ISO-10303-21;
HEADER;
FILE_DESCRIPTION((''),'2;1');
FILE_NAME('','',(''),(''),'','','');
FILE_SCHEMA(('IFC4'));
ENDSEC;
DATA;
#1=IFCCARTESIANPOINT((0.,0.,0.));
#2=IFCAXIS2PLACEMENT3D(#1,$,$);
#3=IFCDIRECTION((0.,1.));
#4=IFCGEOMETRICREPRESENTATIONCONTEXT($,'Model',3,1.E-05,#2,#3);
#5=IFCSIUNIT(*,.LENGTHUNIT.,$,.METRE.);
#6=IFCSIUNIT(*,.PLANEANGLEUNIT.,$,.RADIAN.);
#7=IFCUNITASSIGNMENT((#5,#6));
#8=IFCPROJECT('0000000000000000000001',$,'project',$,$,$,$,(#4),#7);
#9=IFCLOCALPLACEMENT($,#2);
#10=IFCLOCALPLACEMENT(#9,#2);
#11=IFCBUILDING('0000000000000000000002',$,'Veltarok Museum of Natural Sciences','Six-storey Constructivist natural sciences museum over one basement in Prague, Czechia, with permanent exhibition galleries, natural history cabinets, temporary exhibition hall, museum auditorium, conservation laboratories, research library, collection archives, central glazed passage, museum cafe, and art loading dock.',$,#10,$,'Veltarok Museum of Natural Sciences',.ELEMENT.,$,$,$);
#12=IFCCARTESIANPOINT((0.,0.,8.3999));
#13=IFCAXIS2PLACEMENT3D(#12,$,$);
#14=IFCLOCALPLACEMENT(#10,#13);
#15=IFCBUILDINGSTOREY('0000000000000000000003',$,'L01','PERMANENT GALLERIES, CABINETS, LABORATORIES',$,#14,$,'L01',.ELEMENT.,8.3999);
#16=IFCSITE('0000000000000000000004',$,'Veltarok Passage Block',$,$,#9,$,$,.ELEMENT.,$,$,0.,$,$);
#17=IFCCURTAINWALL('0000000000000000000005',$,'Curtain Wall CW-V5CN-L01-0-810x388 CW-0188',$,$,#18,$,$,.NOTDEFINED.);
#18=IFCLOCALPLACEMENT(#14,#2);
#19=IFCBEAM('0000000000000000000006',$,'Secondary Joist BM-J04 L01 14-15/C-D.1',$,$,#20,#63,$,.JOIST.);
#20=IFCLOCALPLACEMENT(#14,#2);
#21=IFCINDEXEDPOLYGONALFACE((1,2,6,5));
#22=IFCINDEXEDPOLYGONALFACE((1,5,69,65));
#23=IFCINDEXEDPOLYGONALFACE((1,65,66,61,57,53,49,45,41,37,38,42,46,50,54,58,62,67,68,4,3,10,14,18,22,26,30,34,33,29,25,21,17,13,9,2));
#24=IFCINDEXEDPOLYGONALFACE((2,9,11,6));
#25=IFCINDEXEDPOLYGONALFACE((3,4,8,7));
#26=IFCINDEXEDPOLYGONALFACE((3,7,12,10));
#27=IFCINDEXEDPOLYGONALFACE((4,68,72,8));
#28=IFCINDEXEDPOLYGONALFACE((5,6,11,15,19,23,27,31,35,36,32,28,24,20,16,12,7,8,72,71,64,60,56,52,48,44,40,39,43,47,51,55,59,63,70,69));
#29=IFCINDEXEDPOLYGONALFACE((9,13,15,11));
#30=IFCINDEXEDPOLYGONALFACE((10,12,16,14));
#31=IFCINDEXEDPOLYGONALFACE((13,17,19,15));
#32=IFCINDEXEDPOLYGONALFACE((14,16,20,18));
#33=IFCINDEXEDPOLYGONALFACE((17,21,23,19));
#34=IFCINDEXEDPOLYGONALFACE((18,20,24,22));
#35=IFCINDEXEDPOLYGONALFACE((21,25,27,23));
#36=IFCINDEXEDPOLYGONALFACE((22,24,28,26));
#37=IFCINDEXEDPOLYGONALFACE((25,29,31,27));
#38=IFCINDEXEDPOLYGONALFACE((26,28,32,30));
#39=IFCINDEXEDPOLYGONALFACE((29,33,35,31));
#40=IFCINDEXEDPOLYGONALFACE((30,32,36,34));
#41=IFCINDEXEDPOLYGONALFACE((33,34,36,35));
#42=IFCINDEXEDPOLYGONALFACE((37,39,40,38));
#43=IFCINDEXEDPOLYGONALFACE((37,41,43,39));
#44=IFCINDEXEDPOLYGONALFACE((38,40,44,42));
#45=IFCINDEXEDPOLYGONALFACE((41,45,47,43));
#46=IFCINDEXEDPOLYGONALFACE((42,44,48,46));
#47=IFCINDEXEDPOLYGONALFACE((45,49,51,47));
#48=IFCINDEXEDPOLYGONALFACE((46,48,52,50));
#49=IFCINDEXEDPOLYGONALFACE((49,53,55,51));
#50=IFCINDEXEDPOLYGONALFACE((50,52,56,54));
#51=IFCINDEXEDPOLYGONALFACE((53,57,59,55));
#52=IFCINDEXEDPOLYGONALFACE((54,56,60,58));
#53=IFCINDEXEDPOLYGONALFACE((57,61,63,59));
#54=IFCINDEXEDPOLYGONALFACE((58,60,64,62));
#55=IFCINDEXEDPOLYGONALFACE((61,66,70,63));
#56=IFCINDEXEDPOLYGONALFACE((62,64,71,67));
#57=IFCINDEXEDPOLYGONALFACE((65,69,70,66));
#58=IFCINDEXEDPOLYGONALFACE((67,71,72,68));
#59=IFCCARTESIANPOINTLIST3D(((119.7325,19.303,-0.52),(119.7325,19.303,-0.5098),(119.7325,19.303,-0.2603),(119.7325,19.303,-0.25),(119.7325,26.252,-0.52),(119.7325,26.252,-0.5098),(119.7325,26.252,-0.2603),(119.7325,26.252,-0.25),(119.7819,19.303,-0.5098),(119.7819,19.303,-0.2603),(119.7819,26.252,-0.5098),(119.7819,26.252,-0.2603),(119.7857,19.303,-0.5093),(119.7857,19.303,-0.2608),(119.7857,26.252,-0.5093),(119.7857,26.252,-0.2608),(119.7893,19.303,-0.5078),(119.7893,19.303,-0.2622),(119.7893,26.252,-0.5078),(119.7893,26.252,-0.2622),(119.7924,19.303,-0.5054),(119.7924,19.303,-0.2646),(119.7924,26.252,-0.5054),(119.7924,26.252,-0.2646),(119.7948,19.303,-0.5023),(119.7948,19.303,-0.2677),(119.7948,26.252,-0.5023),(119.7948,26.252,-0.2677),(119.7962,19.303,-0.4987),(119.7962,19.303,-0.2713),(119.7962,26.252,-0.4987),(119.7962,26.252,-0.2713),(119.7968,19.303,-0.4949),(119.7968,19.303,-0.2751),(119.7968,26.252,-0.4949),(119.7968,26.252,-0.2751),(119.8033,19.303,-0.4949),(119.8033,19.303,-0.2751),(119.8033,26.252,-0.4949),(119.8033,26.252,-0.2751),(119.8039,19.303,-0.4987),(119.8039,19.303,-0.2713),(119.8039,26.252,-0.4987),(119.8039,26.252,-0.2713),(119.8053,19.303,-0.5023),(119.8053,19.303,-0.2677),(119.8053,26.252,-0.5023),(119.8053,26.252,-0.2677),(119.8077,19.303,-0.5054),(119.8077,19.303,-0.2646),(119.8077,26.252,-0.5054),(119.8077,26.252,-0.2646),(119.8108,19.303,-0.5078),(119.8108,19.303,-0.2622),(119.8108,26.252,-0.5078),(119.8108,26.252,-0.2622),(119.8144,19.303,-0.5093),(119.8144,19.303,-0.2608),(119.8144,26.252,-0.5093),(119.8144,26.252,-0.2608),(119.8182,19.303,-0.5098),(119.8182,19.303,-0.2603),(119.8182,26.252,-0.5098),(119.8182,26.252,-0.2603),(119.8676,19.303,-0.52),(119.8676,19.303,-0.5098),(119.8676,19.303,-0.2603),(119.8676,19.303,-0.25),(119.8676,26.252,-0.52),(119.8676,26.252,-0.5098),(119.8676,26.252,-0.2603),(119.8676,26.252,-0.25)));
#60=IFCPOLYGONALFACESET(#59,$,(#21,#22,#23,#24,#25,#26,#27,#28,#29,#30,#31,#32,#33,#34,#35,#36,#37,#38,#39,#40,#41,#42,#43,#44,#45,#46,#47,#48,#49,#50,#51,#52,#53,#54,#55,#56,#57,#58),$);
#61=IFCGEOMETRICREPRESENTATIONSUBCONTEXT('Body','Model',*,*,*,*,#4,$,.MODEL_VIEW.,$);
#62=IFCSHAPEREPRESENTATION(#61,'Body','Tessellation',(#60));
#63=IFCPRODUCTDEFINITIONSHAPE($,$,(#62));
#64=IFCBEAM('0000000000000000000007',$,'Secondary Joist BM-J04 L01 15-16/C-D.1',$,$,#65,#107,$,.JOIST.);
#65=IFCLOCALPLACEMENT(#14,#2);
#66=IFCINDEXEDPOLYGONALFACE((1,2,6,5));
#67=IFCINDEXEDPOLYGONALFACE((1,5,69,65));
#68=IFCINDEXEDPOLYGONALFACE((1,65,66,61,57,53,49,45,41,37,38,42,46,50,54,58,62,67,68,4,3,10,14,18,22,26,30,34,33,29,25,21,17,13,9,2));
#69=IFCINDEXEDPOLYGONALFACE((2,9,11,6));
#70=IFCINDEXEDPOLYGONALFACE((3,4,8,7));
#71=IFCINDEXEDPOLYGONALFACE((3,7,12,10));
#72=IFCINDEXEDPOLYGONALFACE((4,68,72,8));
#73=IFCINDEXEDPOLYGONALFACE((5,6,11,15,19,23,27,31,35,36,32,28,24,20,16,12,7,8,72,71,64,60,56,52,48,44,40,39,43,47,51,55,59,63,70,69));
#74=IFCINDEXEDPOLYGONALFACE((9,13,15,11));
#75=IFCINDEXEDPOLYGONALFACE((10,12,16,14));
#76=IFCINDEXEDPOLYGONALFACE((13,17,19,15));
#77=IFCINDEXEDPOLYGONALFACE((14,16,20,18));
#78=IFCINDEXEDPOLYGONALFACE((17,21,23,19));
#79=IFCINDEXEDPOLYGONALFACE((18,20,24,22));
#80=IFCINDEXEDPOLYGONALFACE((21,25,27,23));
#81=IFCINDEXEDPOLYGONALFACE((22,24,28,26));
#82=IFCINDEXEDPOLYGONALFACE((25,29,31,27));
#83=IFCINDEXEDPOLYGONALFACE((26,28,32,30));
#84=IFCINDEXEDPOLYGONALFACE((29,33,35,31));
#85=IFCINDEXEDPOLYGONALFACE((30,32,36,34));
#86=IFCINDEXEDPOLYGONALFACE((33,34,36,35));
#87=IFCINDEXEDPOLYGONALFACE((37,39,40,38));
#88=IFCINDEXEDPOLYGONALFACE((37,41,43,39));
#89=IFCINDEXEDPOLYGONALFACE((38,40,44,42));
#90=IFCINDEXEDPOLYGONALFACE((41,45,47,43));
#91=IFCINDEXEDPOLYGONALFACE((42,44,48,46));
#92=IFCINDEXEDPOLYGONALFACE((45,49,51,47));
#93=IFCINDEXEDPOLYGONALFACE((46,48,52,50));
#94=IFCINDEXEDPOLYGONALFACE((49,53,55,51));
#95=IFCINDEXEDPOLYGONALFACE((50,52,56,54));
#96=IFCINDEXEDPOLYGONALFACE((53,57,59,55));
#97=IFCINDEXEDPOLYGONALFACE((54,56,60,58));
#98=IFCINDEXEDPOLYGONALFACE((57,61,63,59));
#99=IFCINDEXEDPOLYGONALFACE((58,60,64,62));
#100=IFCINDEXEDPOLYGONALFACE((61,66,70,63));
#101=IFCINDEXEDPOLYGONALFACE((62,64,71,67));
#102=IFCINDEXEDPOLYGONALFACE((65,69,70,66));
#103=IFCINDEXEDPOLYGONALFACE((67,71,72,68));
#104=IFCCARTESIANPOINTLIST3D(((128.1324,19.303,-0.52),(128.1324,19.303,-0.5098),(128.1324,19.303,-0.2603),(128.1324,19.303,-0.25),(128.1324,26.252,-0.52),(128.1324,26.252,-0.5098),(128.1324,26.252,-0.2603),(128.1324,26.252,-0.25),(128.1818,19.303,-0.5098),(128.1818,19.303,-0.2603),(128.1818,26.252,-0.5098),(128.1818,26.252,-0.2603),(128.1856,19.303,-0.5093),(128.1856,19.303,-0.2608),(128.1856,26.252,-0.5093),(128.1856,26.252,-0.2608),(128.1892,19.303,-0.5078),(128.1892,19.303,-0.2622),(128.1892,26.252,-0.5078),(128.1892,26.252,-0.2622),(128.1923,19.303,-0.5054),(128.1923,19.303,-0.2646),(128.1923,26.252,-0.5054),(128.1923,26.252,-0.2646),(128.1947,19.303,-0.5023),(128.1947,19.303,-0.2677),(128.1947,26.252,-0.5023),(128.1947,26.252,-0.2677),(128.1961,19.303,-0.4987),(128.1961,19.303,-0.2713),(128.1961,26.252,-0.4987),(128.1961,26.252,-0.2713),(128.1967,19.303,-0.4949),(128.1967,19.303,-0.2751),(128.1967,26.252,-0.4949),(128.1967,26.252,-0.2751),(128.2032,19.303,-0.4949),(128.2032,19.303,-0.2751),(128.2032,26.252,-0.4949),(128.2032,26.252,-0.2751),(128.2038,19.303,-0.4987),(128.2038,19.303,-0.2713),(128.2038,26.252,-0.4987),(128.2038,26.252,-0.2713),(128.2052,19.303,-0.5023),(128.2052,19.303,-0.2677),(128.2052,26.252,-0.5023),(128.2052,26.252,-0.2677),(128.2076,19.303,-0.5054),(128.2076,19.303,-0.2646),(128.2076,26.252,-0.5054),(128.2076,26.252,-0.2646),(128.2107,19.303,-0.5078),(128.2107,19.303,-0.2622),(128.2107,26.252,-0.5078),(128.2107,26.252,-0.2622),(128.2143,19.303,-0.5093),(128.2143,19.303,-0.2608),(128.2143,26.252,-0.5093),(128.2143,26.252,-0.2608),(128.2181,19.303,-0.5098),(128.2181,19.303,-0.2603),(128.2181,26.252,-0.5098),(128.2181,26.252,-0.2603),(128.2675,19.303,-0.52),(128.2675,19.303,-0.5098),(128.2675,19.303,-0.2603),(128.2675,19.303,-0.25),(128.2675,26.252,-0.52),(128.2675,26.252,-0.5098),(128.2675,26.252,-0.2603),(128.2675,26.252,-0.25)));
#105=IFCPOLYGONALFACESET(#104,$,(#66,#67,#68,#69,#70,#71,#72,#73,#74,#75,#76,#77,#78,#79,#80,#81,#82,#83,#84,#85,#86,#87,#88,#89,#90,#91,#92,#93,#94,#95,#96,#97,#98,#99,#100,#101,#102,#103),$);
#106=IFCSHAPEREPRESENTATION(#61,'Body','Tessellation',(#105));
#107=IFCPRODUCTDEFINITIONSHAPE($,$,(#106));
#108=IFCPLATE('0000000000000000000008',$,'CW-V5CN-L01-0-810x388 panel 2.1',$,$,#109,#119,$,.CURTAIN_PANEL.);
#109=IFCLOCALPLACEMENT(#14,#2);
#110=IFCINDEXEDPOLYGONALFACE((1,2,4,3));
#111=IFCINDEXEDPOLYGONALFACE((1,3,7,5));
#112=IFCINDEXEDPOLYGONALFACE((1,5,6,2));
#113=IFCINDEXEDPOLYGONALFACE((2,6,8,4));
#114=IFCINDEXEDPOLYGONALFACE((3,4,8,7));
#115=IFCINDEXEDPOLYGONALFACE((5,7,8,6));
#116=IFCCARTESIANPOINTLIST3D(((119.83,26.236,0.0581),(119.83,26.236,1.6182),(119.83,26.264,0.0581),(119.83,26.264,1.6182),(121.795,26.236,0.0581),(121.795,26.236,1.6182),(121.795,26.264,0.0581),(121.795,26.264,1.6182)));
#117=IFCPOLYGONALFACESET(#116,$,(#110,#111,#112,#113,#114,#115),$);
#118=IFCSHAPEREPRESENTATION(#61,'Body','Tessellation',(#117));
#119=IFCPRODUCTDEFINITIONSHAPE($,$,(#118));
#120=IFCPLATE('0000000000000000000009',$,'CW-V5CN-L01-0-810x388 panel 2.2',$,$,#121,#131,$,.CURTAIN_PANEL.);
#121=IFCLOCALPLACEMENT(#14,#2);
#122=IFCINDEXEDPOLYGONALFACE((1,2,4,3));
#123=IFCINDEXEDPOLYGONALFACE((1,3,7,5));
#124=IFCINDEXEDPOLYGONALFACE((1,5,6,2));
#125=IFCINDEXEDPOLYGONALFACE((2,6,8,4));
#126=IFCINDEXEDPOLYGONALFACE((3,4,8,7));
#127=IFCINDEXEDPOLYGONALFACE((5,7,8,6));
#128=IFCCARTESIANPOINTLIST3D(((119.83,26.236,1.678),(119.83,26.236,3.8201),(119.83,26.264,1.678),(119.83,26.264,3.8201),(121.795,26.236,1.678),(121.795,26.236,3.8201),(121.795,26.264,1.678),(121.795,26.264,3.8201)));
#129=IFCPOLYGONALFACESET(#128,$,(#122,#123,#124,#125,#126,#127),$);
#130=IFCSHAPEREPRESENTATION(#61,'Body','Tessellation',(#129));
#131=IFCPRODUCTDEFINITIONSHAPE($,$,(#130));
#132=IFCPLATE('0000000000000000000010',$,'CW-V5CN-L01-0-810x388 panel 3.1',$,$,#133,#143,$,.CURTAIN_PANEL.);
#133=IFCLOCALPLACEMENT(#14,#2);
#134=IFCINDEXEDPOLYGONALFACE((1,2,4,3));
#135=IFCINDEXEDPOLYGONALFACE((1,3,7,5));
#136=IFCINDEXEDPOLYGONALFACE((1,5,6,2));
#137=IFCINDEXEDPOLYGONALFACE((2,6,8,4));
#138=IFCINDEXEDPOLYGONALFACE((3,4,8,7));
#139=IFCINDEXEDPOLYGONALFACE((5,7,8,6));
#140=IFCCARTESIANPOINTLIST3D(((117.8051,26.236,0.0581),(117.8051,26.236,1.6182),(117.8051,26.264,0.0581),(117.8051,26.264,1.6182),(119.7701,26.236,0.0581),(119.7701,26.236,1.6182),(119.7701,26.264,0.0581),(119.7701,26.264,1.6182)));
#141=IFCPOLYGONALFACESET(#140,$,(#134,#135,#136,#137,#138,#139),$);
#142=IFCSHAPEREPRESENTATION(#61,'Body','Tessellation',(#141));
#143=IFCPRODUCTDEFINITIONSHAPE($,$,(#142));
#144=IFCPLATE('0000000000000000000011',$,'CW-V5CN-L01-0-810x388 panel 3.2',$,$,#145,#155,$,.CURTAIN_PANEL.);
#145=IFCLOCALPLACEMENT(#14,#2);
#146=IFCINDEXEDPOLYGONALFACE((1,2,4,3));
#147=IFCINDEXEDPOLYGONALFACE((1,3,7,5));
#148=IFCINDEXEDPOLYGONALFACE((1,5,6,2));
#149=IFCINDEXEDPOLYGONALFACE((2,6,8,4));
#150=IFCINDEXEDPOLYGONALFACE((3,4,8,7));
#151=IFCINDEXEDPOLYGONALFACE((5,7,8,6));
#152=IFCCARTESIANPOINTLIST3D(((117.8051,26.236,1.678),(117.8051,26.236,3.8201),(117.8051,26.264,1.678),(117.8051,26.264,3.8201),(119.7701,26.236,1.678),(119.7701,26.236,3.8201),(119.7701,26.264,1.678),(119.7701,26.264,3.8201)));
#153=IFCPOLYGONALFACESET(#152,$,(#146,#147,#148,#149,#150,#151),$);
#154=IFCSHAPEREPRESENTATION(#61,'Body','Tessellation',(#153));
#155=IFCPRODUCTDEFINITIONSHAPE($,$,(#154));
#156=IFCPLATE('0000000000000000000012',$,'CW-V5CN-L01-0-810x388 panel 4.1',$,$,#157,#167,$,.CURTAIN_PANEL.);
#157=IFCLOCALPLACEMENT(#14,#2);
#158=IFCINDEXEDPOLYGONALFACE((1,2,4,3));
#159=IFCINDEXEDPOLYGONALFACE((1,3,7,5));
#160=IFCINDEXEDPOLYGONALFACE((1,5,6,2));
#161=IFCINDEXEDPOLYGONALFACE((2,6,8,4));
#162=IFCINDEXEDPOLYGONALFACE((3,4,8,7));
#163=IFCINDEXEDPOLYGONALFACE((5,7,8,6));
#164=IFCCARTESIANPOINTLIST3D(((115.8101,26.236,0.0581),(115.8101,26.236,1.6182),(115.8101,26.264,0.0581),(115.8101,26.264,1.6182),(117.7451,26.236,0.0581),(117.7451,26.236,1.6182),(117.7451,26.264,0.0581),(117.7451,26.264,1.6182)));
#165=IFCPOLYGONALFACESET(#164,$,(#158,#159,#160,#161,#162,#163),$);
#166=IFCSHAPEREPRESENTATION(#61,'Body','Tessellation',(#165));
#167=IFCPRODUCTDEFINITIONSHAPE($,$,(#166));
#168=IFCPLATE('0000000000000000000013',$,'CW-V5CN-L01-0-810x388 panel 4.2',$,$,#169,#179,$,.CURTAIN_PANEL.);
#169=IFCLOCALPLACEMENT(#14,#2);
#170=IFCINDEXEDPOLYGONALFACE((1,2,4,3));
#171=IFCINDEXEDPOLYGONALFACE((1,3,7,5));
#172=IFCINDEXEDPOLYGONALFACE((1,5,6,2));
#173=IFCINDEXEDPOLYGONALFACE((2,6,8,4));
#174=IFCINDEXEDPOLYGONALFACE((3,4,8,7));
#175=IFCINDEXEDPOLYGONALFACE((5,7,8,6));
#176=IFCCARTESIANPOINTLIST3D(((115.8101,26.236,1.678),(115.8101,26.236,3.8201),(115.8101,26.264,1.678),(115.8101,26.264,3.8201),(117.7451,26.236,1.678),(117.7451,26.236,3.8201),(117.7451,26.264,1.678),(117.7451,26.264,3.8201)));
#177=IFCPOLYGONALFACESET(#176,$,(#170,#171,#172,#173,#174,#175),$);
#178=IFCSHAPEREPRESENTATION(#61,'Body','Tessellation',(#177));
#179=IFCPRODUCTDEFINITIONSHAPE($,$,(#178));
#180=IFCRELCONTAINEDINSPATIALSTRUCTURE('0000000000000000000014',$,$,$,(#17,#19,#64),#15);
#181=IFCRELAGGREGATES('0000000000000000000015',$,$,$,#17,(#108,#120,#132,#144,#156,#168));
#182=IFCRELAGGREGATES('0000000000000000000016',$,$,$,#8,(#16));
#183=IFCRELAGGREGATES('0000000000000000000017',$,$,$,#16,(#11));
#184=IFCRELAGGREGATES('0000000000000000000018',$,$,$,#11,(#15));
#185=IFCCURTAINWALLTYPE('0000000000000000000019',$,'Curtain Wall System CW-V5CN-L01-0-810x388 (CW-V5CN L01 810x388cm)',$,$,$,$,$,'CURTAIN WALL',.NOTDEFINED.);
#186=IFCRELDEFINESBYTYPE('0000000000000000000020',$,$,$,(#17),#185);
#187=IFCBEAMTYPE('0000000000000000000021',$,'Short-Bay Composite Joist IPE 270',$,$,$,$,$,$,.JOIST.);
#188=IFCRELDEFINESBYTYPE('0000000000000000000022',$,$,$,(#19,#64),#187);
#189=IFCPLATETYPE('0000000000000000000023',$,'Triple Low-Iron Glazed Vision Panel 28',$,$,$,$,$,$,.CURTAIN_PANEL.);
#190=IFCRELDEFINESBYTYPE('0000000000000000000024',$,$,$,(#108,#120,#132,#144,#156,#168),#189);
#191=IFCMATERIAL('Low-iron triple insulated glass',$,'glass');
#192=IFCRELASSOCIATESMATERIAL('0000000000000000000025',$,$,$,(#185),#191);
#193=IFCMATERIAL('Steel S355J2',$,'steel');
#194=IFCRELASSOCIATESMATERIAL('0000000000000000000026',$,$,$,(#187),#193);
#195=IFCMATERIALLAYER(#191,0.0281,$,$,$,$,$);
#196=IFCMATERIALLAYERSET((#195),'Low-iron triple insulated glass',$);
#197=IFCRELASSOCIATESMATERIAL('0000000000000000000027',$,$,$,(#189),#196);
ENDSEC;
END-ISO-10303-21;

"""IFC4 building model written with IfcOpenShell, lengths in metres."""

from ifc_helpers import new_model, si_unit, direction, frame, origin, origin_2d, place, context, subcontext, project, spatial, rectangle, i_section, extrude, material, layer, layer_set, material_profile, profile_set, type_object, element, aggregate, save


model = new_model("IFC4")

# Units and contexts
model_context = context("Model", 3, precision=1e-05, world=origin(), true_north=direction((0.0, 1.0)))
body_context = subcontext(model_context, "Body", "Model", "MODEL_VIEW")
ifc_project = project(units=[si_unit("LENGTHUNIT", "METRE"), si_unit("PLANEANGLEUNIT", "RADIAN")], contexts=[model_context])

# Site, building, storey
site_placement = place(None, origin())
site = spatial("IfcSite", under=ifc_project, at=site_placement, Name="Veltarok Passage Block", CompositionType="ELEMENT", RefElevation=0.0)
building_placement = place(site_placement, origin())
building = spatial("IfcBuilding", under=site, at=building_placement, Name="Veltarok Museum of Natural Sciences", Description="Six-storey Constructivist natural sciences museum over one basement in Prague, Czechia, with permanent exhibition galleries, natural history cabinets, temporary exhibition hall, museum auditorium, conservation laboratories, research library, collection archives, central glazed passage, museum cafe, and art loading dock.", LongName="Veltarok Museum of Natural Sciences", CompositionType="ELEMENT")
storey_placement = place(building_placement, frame((0.0, 0.0, 8.3999)))
storey = spatial("IfcBuildingStorey", under=building, at=storey_placement, Name="L01", Description="PERMANENT GALLERIES, CABINETS, LABORATORIES", LongName="L01", CompositionType="ELEMENT", Elevation=8.3999)

# Shared definitions
ifc_material_1 = material(Name="Steel S355J2", Category="steel")

# Curtain wall
ifc_material_2 = material(Name="Low-iron triple insulated glass", Category="glass")
curtain_wall_type = type_object("IfcCurtainWallType", Name="Curtain Wall System CW-V5CN-L01-0-810x388 (CW-V5CN L01 810x388cm)", ElementType="CURTAIN WALL", PredefinedType="NOTDEFINED", material=ifc_material_2)
curtain_wall_placement = place(storey_placement, origin())
curtain_wall = element("IfcCurtainWall", 1, at=curtain_wall_placement, inside=storey, type_object=curtain_wall_type, Name="Curtain Wall CW-V5CN-L01-0-810x388 CW-0188", PredefinedType="NOTDEFINED")

# Beams
ifc_material_profile_1 = material_profile(ifc_material_1, i_section(OverallWidth=0.135, OverallDepth=0.27, WebThickness=0.0066, FlangeThickness=0.0103, FilletRadius=0.0149, at=origin_2d()), Name="IPE 270")
ifc_profile_set_1 = profile_set([ifc_material_profile_1], Name="Steel S355J2")
beam_type_1 = type_object("IfcBeamType", Name="Short-Bay Composite Joist IPE 270", PredefinedType="JOIST", material=ifc_profile_set_1)
for number, where, z_axis, x_axis, name in (
    (2, (119.8, 19.303, -0.385), (0.0, 1.0, 0.0), (-1.0, 0.0, 0.0), "Secondary Joist BM-J04 L01 14-15/C-D.1"),
    (3, (128.2, 19.303, -0.385), (0.0, 1.0, 0.0), (-1.0, 0.0, 0.0), "Secondary Joist BM-J04 L01 15-16/C-D.1"),
):
    element("IfcBeam", number, at=place(storey_placement, frame(where, z_axis=z_axis, x_axis=x_axis)), inside=storey, type_object=beam_type_1, Name=name, PredefinedType="JOIST", context=body_context, shape_type="SweptSolid", body=[
        extrude(i_section(OverallWidth=0.135, OverallDepth=0.27, WebThickness=0.0066, FlangeThickness=0.0103, FilletRadius=0.0149, at=origin_2d()), origin(), (0.0, 0.0, 1.0), 6.949),
    ])

# Plates
ifc_layer_1 = layer(ifc_material_2, 0.0281)
ifc_layer_set_1 = layer_set([ifc_layer_1], Name="Low-iron triple insulated glass")
plate_type = type_object("IfcPlateType", Name="Triple Low-Iron Glazed Vision Panel 28", PredefinedType="CURTAIN_PANEL", material=ifc_layer_set_1)
plate_1_placement = place(storey_placement, frame((120.8125, 26.25, 0.0581), z_axis=(0.0, 0.0, 1.0), x_axis=(-1.0, 0.0, 0.0)))
plate_1 = element("IfcPlate", 4, at=plate_1_placement, type_object=plate_type, Name="CW-V5CN-L01-0-810x388 panel 2.1", PredefinedType="CURTAIN_PANEL", context=body_context, shape_type="SweptSolid", body=[
    extrude(rectangle(XDim=1.9651, YDim=0.0281, at=origin_2d()), origin(), (0.0, 0.0, 1.0), 1.5601),
])
plate_2_placement = place(storey_placement, frame((120.8125, 26.25, 1.678), z_axis=(0.0, 0.0, 1.0), x_axis=(-1.0, 0.0, 0.0)))
plate_2 = element("IfcPlate", 5, at=plate_2_placement, type_object=plate_type, Name="CW-V5CN-L01-0-810x388 panel 2.2", PredefinedType="CURTAIN_PANEL", context=body_context, shape_type="SweptSolid", body=[
    extrude(rectangle(XDim=1.9651, YDim=0.0281, at=origin_2d()), origin(), (0.0, 0.0, 1.0), 2.1421),
])
plate_3_placement = place(storey_placement, frame((118.7876, 26.25, 0.0581), z_axis=(0.0, 0.0, 1.0), x_axis=(-1.0, 0.0, 0.0)))
plate_3 = element("IfcPlate", 6, at=plate_3_placement, type_object=plate_type, Name="CW-V5CN-L01-0-810x388 panel 3.1", PredefinedType="CURTAIN_PANEL", context=body_context, shape_type="SweptSolid", body=[
    extrude(rectangle(XDim=1.9651, YDim=0.0281, at=origin_2d()), origin(), (0.0, 0.0, 1.0), 1.5601),
])
plate_4_placement = place(storey_placement, frame((118.7876, 26.25, 1.678), z_axis=(0.0, 0.0, 1.0), x_axis=(-1.0, 0.0, 0.0)))
plate_4 = element("IfcPlate", 7, at=plate_4_placement, type_object=plate_type, Name="CW-V5CN-L01-0-810x388 panel 3.2", PredefinedType="CURTAIN_PANEL", context=body_context, shape_type="SweptSolid", body=[
    extrude(rectangle(XDim=1.9651, YDim=0.0281, at=origin_2d()), origin(), (0.0, 0.0, 1.0), 2.1421),
])
plate_5_placement = place(storey_placement, frame((116.7776, 26.25, 0.0581), z_axis=(0.0, 0.0, 1.0), x_axis=(-1.0, 0.0, 0.0)))
plate_5 = element("IfcPlate", 8, at=plate_5_placement, type_object=plate_type, Name="CW-V5CN-L01-0-810x388 panel 4.1", PredefinedType="CURTAIN_PANEL", context=body_context, shape_type="SweptSolid", body=[
    extrude(rectangle(XDim=1.9351, YDim=0.0281, at=origin_2d()), origin(), (0.0, 0.0, 1.0), 1.5601),
])
plate_6_placement = place(storey_placement, frame((116.7776, 26.25, 1.678), z_axis=(0.0, 0.0, 1.0), x_axis=(-1.0, 0.0, 0.0)))
plate_6 = element("IfcPlate", 9, at=plate_6_placement, type_object=plate_type, Name="CW-V5CN-L01-0-810x388 panel 4.2", PredefinedType="CURTAIN_PANEL", context=body_context, shape_type="SweptSolid", body=[
    extrude(rectangle(XDim=1.9351, YDim=0.0281, at=origin_2d()), origin(), (0.0, 0.0, 1.0), 2.1421),
])
aggregate(curtain_wall, [plate_1, plate_2, plate_3, plate_4, plate_5, plate_6])

save(model, "model.ifc")
